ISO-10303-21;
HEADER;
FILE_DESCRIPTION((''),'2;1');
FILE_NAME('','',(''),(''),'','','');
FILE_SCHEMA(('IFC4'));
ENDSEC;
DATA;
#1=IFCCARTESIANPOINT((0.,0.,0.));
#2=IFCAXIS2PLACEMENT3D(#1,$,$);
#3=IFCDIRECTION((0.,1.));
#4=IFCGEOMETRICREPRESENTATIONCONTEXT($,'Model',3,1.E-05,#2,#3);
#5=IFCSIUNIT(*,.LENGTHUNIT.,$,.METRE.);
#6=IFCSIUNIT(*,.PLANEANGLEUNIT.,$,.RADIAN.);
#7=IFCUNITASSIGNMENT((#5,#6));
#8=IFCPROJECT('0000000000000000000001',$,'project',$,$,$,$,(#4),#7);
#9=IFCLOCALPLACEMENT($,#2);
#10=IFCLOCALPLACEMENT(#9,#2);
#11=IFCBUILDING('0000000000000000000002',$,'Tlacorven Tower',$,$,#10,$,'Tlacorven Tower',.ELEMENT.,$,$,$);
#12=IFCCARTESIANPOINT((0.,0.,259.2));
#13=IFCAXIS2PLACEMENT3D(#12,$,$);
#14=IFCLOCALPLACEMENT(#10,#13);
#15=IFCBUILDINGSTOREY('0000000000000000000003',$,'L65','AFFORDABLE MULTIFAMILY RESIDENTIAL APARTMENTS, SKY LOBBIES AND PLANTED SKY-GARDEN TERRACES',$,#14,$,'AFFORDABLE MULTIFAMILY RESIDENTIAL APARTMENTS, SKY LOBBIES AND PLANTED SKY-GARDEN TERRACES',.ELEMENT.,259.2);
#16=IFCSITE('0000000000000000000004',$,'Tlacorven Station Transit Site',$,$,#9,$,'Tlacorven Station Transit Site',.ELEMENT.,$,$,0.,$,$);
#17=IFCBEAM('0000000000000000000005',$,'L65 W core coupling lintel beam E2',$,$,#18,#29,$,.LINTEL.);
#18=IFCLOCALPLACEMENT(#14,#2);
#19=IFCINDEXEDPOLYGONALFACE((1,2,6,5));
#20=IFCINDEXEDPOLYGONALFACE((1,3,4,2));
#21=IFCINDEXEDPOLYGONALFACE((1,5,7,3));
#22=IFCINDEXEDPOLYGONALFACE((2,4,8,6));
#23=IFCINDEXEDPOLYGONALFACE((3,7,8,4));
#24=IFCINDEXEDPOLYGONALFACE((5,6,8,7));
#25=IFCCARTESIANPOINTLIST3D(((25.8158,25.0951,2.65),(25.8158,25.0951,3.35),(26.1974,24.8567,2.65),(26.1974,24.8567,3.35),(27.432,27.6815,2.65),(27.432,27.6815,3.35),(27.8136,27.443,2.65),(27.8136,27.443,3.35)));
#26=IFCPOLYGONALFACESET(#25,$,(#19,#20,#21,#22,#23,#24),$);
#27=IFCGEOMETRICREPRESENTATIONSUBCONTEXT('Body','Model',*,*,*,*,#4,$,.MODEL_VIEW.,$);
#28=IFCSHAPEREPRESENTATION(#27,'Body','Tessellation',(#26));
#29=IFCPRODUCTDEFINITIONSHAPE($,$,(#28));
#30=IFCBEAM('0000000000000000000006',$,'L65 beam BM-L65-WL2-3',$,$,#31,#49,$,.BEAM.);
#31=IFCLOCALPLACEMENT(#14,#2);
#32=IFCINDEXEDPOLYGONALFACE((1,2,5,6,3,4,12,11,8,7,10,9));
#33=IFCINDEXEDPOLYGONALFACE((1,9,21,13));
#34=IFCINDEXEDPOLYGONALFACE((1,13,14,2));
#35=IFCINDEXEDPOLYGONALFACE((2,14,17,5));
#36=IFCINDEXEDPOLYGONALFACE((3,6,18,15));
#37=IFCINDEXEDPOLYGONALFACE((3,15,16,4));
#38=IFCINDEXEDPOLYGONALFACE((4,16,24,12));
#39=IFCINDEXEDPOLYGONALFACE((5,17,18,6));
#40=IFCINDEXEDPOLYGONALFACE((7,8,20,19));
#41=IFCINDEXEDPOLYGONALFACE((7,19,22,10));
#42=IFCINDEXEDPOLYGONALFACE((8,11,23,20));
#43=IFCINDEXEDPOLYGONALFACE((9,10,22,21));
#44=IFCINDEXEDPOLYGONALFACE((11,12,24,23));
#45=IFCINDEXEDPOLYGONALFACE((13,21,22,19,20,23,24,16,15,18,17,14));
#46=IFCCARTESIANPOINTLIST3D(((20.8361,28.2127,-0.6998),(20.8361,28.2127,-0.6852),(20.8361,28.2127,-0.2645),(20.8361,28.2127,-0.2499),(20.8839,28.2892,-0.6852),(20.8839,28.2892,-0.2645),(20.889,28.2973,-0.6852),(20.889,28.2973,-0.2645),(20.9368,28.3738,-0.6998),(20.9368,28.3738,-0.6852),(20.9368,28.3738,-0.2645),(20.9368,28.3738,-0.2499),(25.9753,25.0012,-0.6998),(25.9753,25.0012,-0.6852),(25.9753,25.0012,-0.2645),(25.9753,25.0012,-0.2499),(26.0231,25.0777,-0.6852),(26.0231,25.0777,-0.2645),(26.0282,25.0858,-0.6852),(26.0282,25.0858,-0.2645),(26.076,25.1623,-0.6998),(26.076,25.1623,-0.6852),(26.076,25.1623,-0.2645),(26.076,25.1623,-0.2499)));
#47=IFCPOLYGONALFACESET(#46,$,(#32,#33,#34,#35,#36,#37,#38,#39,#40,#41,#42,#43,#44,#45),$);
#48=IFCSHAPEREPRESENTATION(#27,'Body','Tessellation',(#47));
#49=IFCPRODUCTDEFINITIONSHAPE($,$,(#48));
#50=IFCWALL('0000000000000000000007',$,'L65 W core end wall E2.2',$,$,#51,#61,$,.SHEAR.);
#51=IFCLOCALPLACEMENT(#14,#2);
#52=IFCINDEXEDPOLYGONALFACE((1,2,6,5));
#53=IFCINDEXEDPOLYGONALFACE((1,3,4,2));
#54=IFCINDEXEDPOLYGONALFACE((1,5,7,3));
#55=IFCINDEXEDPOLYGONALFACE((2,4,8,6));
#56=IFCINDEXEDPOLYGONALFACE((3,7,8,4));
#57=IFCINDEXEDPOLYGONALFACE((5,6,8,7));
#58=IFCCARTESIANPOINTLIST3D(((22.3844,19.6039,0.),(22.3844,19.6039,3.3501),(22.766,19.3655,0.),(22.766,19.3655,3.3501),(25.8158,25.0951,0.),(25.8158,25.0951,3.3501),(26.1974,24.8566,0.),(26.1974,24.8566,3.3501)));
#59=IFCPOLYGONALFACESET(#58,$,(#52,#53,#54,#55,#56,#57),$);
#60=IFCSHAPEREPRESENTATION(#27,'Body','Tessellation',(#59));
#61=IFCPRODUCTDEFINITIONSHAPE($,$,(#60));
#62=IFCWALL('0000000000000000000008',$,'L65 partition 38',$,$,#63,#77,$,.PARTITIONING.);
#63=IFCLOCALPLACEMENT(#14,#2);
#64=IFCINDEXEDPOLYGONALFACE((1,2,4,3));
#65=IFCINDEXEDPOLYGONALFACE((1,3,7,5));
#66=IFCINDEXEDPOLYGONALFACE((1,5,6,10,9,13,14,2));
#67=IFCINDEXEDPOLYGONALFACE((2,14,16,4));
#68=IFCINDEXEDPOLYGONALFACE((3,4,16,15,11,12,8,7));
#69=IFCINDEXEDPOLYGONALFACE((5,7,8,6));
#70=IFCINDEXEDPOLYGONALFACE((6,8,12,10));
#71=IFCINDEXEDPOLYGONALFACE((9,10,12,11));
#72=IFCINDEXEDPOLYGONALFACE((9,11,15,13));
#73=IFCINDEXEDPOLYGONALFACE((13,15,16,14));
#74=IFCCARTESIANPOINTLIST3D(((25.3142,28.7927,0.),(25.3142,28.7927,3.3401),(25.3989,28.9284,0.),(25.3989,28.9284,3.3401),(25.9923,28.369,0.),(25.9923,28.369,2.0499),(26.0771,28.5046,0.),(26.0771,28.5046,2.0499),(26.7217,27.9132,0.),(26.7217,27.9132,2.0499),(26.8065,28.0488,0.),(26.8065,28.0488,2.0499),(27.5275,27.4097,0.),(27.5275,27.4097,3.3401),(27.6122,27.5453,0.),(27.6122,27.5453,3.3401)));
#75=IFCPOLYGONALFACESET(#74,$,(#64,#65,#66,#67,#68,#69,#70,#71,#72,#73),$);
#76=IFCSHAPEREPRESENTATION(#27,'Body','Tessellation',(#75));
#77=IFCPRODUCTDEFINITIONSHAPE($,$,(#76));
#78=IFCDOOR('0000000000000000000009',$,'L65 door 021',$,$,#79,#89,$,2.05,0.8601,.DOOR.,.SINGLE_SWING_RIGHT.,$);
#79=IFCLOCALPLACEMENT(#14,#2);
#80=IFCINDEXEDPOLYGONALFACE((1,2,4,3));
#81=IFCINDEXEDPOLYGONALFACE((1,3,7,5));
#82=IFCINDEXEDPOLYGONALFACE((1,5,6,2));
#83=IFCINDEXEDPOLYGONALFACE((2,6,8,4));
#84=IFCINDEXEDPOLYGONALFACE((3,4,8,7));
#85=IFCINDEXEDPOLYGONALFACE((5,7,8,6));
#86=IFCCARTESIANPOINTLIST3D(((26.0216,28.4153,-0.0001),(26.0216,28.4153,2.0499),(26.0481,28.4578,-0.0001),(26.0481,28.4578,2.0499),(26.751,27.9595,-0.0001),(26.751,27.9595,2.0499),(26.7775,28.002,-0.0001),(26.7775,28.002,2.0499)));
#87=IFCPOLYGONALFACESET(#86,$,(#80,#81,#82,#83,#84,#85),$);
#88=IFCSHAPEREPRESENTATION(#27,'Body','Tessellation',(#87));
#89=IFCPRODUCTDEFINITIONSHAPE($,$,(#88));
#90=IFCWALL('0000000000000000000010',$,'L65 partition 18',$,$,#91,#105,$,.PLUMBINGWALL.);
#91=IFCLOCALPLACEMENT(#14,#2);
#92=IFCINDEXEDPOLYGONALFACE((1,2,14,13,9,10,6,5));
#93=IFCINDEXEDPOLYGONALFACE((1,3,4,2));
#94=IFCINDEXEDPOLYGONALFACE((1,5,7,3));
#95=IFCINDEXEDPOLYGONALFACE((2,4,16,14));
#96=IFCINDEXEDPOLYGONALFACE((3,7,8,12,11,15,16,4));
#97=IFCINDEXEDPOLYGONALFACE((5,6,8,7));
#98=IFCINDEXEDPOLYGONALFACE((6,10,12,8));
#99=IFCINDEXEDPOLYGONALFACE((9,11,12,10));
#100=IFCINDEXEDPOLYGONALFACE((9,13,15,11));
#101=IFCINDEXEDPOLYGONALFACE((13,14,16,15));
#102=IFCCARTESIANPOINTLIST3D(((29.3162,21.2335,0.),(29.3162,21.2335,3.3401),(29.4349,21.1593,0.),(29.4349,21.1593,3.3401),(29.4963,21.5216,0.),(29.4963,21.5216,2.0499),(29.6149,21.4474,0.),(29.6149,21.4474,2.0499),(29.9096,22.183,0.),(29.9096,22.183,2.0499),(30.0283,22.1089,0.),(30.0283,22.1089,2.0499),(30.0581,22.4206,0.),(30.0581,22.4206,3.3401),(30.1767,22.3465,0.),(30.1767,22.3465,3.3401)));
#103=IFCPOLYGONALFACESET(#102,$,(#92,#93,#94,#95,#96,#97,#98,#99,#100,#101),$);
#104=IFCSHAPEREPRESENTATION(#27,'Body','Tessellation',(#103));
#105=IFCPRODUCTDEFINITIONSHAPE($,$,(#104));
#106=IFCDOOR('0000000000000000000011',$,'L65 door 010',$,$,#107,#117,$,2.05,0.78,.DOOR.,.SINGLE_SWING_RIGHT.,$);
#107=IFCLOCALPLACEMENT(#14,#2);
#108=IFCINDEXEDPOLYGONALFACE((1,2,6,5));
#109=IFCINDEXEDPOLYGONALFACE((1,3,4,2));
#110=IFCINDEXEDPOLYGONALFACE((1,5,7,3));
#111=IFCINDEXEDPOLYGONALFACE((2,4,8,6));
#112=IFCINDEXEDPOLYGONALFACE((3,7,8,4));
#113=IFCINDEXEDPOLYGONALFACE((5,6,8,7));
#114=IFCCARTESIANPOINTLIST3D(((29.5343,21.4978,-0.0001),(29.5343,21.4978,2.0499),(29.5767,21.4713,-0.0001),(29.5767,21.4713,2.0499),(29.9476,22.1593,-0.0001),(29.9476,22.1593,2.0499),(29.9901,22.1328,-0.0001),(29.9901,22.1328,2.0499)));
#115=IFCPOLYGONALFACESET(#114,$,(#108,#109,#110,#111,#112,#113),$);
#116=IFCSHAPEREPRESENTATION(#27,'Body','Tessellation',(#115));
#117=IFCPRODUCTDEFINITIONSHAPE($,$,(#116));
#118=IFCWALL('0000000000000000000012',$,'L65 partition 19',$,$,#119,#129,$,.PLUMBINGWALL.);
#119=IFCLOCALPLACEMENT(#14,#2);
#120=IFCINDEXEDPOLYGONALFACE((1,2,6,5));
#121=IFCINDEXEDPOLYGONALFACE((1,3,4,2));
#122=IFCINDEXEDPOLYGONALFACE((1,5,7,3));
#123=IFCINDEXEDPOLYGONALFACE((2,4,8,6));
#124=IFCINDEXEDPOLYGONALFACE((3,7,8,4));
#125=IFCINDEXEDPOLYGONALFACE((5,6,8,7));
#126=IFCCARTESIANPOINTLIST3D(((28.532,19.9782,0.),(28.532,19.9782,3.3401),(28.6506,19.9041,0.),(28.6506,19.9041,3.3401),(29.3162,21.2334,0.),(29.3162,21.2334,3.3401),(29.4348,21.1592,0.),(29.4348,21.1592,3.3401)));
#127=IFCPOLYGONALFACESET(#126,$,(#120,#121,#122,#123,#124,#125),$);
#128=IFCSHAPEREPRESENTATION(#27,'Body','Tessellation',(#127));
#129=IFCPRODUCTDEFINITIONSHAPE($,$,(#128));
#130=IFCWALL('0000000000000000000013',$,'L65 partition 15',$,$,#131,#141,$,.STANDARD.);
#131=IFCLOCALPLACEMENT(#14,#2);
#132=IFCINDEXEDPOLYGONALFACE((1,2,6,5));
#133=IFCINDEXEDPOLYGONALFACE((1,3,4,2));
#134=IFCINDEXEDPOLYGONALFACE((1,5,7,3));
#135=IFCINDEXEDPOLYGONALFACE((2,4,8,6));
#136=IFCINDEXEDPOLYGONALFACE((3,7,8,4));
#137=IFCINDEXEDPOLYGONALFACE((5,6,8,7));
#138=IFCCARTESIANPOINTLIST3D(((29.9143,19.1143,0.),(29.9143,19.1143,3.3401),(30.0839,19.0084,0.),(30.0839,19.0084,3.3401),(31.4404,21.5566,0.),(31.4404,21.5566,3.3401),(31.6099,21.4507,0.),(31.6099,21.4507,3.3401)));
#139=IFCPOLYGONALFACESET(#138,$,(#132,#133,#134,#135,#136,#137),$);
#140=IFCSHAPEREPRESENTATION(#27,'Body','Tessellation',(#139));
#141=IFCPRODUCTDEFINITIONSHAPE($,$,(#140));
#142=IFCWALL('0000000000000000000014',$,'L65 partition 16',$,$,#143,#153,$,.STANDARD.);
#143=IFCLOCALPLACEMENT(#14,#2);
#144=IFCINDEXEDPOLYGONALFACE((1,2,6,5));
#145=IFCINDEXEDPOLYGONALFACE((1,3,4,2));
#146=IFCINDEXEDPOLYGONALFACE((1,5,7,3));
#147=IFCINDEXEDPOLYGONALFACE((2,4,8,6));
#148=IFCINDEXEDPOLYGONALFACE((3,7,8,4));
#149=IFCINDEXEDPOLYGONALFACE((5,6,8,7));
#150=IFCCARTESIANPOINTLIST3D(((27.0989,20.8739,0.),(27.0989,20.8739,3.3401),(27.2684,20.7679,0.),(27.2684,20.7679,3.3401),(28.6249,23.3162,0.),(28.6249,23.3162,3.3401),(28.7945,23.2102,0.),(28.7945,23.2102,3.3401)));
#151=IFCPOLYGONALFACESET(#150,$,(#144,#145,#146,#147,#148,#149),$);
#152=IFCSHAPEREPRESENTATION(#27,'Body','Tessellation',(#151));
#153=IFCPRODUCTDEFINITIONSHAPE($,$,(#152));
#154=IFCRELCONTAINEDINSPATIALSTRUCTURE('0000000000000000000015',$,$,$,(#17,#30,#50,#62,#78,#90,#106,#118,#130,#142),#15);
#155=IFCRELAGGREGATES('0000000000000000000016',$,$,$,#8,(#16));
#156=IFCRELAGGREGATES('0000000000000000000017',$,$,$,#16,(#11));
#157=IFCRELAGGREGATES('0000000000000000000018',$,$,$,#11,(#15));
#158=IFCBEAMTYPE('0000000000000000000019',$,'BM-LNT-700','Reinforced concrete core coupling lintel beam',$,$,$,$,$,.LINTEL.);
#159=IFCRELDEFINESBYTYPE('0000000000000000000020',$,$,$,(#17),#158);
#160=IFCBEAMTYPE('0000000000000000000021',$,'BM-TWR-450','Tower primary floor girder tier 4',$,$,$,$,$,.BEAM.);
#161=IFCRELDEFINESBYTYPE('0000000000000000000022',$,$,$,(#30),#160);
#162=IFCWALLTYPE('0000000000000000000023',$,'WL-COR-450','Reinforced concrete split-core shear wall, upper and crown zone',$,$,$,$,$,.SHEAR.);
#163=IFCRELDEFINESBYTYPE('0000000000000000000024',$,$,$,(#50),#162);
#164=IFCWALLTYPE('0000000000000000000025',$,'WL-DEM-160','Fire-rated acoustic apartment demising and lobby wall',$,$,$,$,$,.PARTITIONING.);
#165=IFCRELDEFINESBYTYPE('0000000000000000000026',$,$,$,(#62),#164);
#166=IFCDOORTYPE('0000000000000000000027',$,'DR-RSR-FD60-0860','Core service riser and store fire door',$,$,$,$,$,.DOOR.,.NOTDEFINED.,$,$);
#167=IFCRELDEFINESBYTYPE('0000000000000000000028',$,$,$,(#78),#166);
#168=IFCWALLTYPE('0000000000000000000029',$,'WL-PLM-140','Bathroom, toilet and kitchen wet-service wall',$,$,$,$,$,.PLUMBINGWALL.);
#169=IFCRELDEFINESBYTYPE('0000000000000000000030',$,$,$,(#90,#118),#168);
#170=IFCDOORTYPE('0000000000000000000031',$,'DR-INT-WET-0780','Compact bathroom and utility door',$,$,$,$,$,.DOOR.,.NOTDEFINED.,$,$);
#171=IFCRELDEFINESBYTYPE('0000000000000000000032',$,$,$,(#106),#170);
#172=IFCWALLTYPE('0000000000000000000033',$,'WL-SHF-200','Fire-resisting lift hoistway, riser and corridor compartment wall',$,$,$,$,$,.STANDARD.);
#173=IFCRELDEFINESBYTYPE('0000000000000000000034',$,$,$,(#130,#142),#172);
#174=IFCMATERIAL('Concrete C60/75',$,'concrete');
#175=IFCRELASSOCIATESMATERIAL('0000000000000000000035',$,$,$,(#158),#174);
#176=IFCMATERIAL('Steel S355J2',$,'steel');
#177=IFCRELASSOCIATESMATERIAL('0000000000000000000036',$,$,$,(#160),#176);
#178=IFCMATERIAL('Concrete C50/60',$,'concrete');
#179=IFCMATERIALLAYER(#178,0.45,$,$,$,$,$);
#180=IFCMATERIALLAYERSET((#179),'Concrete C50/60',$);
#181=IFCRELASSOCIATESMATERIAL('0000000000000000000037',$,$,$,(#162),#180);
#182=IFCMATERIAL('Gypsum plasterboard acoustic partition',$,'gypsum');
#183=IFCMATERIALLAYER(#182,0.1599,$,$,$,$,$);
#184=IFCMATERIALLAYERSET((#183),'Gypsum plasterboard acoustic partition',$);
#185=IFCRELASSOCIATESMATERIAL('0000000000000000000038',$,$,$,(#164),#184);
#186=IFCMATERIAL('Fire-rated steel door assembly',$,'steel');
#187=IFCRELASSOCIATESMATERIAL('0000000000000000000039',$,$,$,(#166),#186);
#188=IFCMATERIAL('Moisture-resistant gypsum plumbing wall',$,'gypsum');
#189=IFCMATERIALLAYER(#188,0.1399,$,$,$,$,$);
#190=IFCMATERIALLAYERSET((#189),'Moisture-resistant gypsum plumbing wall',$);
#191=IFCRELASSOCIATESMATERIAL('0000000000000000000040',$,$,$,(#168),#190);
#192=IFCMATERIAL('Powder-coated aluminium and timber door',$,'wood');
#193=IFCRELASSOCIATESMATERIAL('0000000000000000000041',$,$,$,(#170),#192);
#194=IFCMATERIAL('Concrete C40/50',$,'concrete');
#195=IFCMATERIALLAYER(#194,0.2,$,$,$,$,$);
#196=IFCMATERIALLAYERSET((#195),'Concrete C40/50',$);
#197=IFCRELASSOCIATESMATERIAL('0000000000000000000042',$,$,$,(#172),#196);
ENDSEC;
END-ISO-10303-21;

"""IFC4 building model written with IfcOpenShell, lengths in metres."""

from ifc_helpers import new_model, si_unit, direction, frame, frame_2d, origin, origin_2d, place, context, subcontext, project, spatial, rectangle, i_section, extrude, source, transform, mapped, material, layer, layer_set, material_profile, profile_set, type_object, element, fill, save


model = new_model("IFC4")

# Units and contexts
model_context = context("Model", 3, precision=1e-05, world=origin(), true_north=direction((0.0, 1.0)))
body_context = subcontext(model_context, "Body", "Model", "MODEL_VIEW")
ifc_project = project(units=[si_unit("LENGTHUNIT", "METRE"), si_unit("PLANEANGLEUNIT", "RADIAN")], contexts=[model_context])

# Site, building, storey
site_placement = place(None, origin())
site = spatial("IfcSite", under=ifc_project, at=site_placement, Name="Tlacorven Station Transit Site", LongName="Tlacorven Station Transit Site", CompositionType="ELEMENT", RefElevation=0.0)
building_placement = place(site_placement, origin())
building = spatial("IfcBuilding", under=site, at=building_placement, Name="Tlacorven Tower", LongName="Tlacorven Tower", CompositionType="ELEMENT")
storey_placement = place(building_placement, frame((0.0, 0.0, 259.2)))
storey = spatial("IfcBuildingStorey", under=building, at=storey_placement, Name="L65", Description="AFFORDABLE MULTIFAMILY RESIDENTIAL APARTMENTS, SKY LOBBIES AND PLANTED SKY-GARDEN TERRACES", LongName="AFFORDABLE MULTIFAMILY RESIDENTIAL APARTMENTS, SKY LOBBIES AND PLANTED SKY-GARDEN TERRACES", CompositionType="ELEMENT", Elevation=259.2)

# Beams
ifc_material_1 = material(Name="Concrete C60/75", Category="concrete")
ifc_material_profile_1 = material_profile(ifc_material_1, rectangle(XDim=0.45, YDim=0.7, at=origin_2d()), Name="RC 450X700")
ifc_profile_set_1 = profile_set([ifc_material_profile_1], Name="Concrete C60/75")
beam_type_1 = type_object("IfcBeamType", Name="BM-LNT-700", Description="Reinforced concrete core coupling lintel beam", PredefinedType="LINTEL", material=ifc_profile_set_1)
shared_shape_1 = source(origin(), body_context, "Body", "SweptSolid", [
    extrude(rectangle(XDim=0.45, YDim=0.7, at=origin_2d()), origin(), (0.0, 0.0, 1.0), 3.0498),
])
beam_1_placement = place(storey_placement, frame((27.6228, 27.5623, 3.0), z_axis=(-0.529927, -0.848043, 0.0), x_axis=(0.848043, -0.529927, 0.0)))
element("IfcBeam", 1, at=beam_1_placement, inside=storey, type_object=beam_type_1, Name="L65 W core coupling lintel beam E2", PredefinedType="LINTEL", context=body_context, shape_type="MappedRepresentation", body=[
    mapped(shared_shape_1, transform((0.0, 0.0, 0.0), scale=1.0)),
])
ifc_material_2 = material(Name="Steel S355J2", Category="steel")
ifc_material_profile_2 = material_profile(ifc_material_2, i_section(OverallWidth=0.1899, OverallDepth=0.45, WebThickness=0.0095, FlangeThickness=0.0146, at=origin_2d()), Name="IPE 450")
ifc_profile_set_2 = profile_set([ifc_material_profile_2], Name="Steel S355J2")
beam_type_2 = type_object("IfcBeamType", Name="BM-TWR-450", Description="Tower primary floor girder tier 4", PredefinedType="BEAM", material=ifc_profile_set_2)
shared_shape_2 = source(origin(), body_context, "Body", "SweptSolid", [
    extrude(i_section(OverallWidth=0.1899, OverallDepth=0.45, WebThickness=0.0095, FlangeThickness=0.0146, at=origin_2d()), origin(), (0.0, 0.0, 1.0), 6.0601),
])
beam_2_placement = place(storey_placement, frame((26.0256, 25.0818, -0.4749), z_axis=(-0.848039, 0.529934, 0.0), x_axis=(-0.529934, -0.848039, 0.0)))
element("IfcBeam", 2, at=beam_2_placement, inside=storey, type_object=beam_type_2, Name="L65 beam BM-L65-WL2-3", PredefinedType="BEAM", context=body_context, shape_type="MappedRepresentation", body=[
    mapped(shared_shape_2, transform((0.0, 0.0, 0.0), scale=1.0)),
])

# Wall
ifc_material_3 = material(Name="Concrete C50/60", Category="concrete")
ifc_layer_1 = layer(ifc_material_3, 0.45)
ifc_layer_set_1 = layer_set([ifc_layer_1], Name="Concrete C50/60")
wall_type_1 = type_object("IfcWallType", Name="WL-COR-450", Description="Reinforced concrete split-core shear wall, upper and crown zone", PredefinedType="SHEAR", material=ifc_layer_set_1)
wall_1_placement = place(storey_placement, frame((26.0066, 24.9758, 0.0), z_axis=(0.0, 0.0, 1.0), x_axis=(-0.529931, -0.848041, 0.0)))
element("IfcWall", 3, at=wall_1_placement, inside=storey, type_object=wall_type_1, Name="L65 W core end wall E2.2", PredefinedType="SHEAR", context=body_context, shape_type="SweptSolid", body=[
    extrude(rectangle(XDim=6.4751, YDim=0.45, at=frame_2d((3.2375, 0.0))), origin(), (0.0, 0.0, 1.0), 3.3501),
])

# Walls, openings, doors
ifc_material_4 = material(Name="Gypsum plasterboard acoustic partition", Category="gypsum")
ifc_layer_2 = layer(ifc_material_4, 0.1599)
ifc_layer_set_2 = layer_set([ifc_layer_2], Name="Gypsum plasterboard acoustic partition")
wall_type_2 = type_object("IfcWallType", Name="WL-DEM-160", Description="Fire-rated acoustic apartment demising and lobby wall", PredefinedType="PARTITIONING", material=ifc_layer_set_2)
wall_2_placement = place(storey_placement, frame((27.5698, 27.4775, 0.0), z_axis=(0.0, 0.0, 1.0), x_axis=(-0.848051, 0.529915, 0.0)))
wall_2 = element("IfcWall", 4, at=wall_2_placement, inside=storey, type_object=wall_type_2, Name="L65 partition 38", PredefinedType="PARTITIONING", context=body_context, shape_type="SweptSolid", body=[
    extrude(rectangle(XDim=2.6099, YDim=0.1599, at=frame_2d((1.3049, 0.0))), origin(), (0.0, 0.0, 1.0), 3.3401),
])
opening_1_placement = place(wall_2_placement, frame((0.95, 0.0, 0.0)))
opening_1 = element("IfcOpeningElement", 5, at=opening_1_placement, cuts=wall_2, PredefinedType="OPENING", context=body_context, shape_type="SweptSolid", body=[
    extrude(rectangle(XDim=0.8601, YDim=2.05, at=frame_2d((0.4302, 1.0249))), frame((0.0, 0.0898, 0.0), z_axis=(0.0, -1.0, 0.0), x_axis=(1.0, 0.0, 0.0)), (0.0, 0.0, 1.0), 0.1799),
])
ifc_material_5 = material(Name="Fire-rated steel door assembly", Category="steel")
door_type_1 = type_object("IfcDoorType", Name="DR-RSR-FD60-0860", Description="Core service riser and store fire door", OperationType="NOTDEFINED", PredefinedType="DOOR", material=ifc_material_5)
shared_shape_3 = source(origin(), body_context, "Body", "SweptSolid", [
    extrude(rectangle(XDim=0.8601, YDim=2.05, at=frame_2d((0.4302, 1.0249))), frame((0.0, 0.0249, 0.0), z_axis=(0.0, -1.0, 0.0), x_axis=(1.0, 0.0, 0.0)), (0.0, 0.0, 1.0), 0.05),
])
door_1_placement = place(opening_1_placement, frame((0.8601, 0.0, 0.0), z_axis=(0.0, 0.0, 1.0), x_axis=(-1.0, 0.0, 0.0)))
door_1 = element("IfcDoor", 6, at=door_1_placement, inside=storey, type_object=door_type_1, Name="L65 door 021", OperationType="SINGLE_SWING_RIGHT", OverallHeight=2.05, OverallWidth=0.8601, PredefinedType="DOOR", context=body_context, shape_type="MappedRepresentation", body=[
    mapped(shared_shape_3, transform((0.0, 0.0, 0.0), scale=1.0)),
])
fill(opening_1, door_1)
ifc_material_6 = material(Name="Moisture-resistant gypsum plumbing wall", Category="gypsum")
ifc_layer_3 = layer(ifc_material_6, 0.1399)
ifc_layer_set_3 = layer_set([ifc_layer_3], Name="Moisture-resistant gypsum plumbing wall")
wall_type_3 = type_object("IfcWallType", Name="WL-PLM-140", Description="Bathroom, toilet and kitchen wet-service wall", PredefinedType="PLUMBINGWALL", material=ifc_layer_set_3)
wall_3_placement = place(storey_placement, frame((30.1174, 22.3835, 0.0), z_axis=(0.0, 0.0, 1.0), x_axis=(-0.529952, -0.848028, 0.0)))
wall_3 = element("IfcWall", 7, at=wall_3_placement, inside=storey, type_object=wall_type_3, Name="L65 partition 18", PredefinedType="PLUMBINGWALL", context=body_context, shape_type="SweptSolid", body=[
    extrude(rectangle(XDim=1.3999, YDim=0.1399, at=frame_2d((0.7, 0.0))), origin(), (0.0, 0.0, 1.0), 3.3401),
])
opening_2_placement = place(wall_3_placement, frame((0.28, 0.0, 0.0)))
opening_2 = element("IfcOpeningElement", 8, at=opening_2_placement, cuts=wall_3, PredefinedType="OPENING", context=body_context, shape_type="SweptSolid", body=[
    extrude(rectangle(XDim=0.78, YDim=2.05, at=frame_2d((0.3901, 1.0249))), frame((0.0, 0.0801, 0.0), z_axis=(0.0, -1.0, 0.0), x_axis=(1.0, 0.0, 0.0)), (0.0, 0.0, 1.0), 0.1599),
])
ifc_material_7 = material(Name="Powder-coated aluminium and timber door", Category="wood")
door_type_2 = type_object("IfcDoorType", Name="DR-INT-WET-0780", Description="Compact bathroom and utility door", OperationType="NOTDEFINED", PredefinedType="DOOR", material=ifc_material_7)
shared_shape_4 = source(origin(), body_context, "Body", "SweptSolid", [
    extrude(rectangle(XDim=0.78, YDim=2.05, at=frame_2d((0.3901, 1.0249))), frame((0.0, 0.0249, 0.0), z_axis=(0.0, -1.0, 0.0), x_axis=(1.0, 0.0, 0.0)), (0.0, 0.0, 1.0), 0.05),
])
door_2_placement = place(opening_2_placement, origin())
door_2 = element("IfcDoor", 9, at=door_2_placement, inside=storey, type_object=door_type_2, Name="L65 door 010", OperationType="SINGLE_SWING_RIGHT", OverallHeight=2.05, OverallWidth=0.78, PredefinedType="DOOR", context=body_context, shape_type="MappedRepresentation", body=[
    mapped(shared_shape_4, transform((0.0, 0.0, 0.0), scale=1.0)),
])
fill(opening_2, door_2)

# Wall
wall_4_placement = place(storey_placement, frame((29.3755, 21.1963, 0.0), z_axis=(0.0, 0.0, 1.0), x_axis=(-0.529865, -0.848082, 0.0)))
element("IfcWall", 10, at=wall_4_placement, inside=storey, type_object=wall_type_3, Name="L65 partition 19", PredefinedType="PLUMBINGWALL", context=body_context, shape_type="SweptSolid", body=[
    extrude(rectangle(XDim=1.48, YDim=0.1399, at=frame_2d((0.74, 0.0))), origin(), (0.0, 0.0, 1.0), 3.3401),
])

# Shared definitions
ifc_material_8 = material(Name="Concrete C40/50", Category="concrete")
ifc_layer_4 = layer(ifc_material_8, 0.2)
ifc_layer_set_4 = layer_set([ifc_layer_4], Name="Concrete C40/50")
wall_type_4 = type_object("IfcWallType", Name="WL-SHF-200", Description="Fire-resisting lift hoistway, riser and corridor compartment wall", PredefinedType="STANDARD", material=ifc_layer_set_4)

# Walls
for number, where, z_axis, x_axis, name in (
    (11, (31.5251, 21.5037, 0.0), (0.0, 0.0, 1.0), (-0.529907, -0.848055, 0.0), "L65 partition 15"),
    (12, (28.7097, 23.2632, 0.0), (0.0, 0.0, 1.0), (-0.529907, -0.848055, 0.0), "L65 partition 16"),
):
    element("IfcWall", number, at=place(storey_placement, frame(where, z_axis=z_axis, x_axis=x_axis)), inside=storey, type_object=wall_type_4, Name=name, PredefinedType="STANDARD", context=body_context, shape_type="SweptSolid", body=[
        extrude(rectangle(XDim=2.8799, YDim=0.2, at=frame_2d((1.4399, 0.0))), origin(), (0.0, 0.0, 1.0), 3.3401),
    ])

save(model, "model.ifc")
